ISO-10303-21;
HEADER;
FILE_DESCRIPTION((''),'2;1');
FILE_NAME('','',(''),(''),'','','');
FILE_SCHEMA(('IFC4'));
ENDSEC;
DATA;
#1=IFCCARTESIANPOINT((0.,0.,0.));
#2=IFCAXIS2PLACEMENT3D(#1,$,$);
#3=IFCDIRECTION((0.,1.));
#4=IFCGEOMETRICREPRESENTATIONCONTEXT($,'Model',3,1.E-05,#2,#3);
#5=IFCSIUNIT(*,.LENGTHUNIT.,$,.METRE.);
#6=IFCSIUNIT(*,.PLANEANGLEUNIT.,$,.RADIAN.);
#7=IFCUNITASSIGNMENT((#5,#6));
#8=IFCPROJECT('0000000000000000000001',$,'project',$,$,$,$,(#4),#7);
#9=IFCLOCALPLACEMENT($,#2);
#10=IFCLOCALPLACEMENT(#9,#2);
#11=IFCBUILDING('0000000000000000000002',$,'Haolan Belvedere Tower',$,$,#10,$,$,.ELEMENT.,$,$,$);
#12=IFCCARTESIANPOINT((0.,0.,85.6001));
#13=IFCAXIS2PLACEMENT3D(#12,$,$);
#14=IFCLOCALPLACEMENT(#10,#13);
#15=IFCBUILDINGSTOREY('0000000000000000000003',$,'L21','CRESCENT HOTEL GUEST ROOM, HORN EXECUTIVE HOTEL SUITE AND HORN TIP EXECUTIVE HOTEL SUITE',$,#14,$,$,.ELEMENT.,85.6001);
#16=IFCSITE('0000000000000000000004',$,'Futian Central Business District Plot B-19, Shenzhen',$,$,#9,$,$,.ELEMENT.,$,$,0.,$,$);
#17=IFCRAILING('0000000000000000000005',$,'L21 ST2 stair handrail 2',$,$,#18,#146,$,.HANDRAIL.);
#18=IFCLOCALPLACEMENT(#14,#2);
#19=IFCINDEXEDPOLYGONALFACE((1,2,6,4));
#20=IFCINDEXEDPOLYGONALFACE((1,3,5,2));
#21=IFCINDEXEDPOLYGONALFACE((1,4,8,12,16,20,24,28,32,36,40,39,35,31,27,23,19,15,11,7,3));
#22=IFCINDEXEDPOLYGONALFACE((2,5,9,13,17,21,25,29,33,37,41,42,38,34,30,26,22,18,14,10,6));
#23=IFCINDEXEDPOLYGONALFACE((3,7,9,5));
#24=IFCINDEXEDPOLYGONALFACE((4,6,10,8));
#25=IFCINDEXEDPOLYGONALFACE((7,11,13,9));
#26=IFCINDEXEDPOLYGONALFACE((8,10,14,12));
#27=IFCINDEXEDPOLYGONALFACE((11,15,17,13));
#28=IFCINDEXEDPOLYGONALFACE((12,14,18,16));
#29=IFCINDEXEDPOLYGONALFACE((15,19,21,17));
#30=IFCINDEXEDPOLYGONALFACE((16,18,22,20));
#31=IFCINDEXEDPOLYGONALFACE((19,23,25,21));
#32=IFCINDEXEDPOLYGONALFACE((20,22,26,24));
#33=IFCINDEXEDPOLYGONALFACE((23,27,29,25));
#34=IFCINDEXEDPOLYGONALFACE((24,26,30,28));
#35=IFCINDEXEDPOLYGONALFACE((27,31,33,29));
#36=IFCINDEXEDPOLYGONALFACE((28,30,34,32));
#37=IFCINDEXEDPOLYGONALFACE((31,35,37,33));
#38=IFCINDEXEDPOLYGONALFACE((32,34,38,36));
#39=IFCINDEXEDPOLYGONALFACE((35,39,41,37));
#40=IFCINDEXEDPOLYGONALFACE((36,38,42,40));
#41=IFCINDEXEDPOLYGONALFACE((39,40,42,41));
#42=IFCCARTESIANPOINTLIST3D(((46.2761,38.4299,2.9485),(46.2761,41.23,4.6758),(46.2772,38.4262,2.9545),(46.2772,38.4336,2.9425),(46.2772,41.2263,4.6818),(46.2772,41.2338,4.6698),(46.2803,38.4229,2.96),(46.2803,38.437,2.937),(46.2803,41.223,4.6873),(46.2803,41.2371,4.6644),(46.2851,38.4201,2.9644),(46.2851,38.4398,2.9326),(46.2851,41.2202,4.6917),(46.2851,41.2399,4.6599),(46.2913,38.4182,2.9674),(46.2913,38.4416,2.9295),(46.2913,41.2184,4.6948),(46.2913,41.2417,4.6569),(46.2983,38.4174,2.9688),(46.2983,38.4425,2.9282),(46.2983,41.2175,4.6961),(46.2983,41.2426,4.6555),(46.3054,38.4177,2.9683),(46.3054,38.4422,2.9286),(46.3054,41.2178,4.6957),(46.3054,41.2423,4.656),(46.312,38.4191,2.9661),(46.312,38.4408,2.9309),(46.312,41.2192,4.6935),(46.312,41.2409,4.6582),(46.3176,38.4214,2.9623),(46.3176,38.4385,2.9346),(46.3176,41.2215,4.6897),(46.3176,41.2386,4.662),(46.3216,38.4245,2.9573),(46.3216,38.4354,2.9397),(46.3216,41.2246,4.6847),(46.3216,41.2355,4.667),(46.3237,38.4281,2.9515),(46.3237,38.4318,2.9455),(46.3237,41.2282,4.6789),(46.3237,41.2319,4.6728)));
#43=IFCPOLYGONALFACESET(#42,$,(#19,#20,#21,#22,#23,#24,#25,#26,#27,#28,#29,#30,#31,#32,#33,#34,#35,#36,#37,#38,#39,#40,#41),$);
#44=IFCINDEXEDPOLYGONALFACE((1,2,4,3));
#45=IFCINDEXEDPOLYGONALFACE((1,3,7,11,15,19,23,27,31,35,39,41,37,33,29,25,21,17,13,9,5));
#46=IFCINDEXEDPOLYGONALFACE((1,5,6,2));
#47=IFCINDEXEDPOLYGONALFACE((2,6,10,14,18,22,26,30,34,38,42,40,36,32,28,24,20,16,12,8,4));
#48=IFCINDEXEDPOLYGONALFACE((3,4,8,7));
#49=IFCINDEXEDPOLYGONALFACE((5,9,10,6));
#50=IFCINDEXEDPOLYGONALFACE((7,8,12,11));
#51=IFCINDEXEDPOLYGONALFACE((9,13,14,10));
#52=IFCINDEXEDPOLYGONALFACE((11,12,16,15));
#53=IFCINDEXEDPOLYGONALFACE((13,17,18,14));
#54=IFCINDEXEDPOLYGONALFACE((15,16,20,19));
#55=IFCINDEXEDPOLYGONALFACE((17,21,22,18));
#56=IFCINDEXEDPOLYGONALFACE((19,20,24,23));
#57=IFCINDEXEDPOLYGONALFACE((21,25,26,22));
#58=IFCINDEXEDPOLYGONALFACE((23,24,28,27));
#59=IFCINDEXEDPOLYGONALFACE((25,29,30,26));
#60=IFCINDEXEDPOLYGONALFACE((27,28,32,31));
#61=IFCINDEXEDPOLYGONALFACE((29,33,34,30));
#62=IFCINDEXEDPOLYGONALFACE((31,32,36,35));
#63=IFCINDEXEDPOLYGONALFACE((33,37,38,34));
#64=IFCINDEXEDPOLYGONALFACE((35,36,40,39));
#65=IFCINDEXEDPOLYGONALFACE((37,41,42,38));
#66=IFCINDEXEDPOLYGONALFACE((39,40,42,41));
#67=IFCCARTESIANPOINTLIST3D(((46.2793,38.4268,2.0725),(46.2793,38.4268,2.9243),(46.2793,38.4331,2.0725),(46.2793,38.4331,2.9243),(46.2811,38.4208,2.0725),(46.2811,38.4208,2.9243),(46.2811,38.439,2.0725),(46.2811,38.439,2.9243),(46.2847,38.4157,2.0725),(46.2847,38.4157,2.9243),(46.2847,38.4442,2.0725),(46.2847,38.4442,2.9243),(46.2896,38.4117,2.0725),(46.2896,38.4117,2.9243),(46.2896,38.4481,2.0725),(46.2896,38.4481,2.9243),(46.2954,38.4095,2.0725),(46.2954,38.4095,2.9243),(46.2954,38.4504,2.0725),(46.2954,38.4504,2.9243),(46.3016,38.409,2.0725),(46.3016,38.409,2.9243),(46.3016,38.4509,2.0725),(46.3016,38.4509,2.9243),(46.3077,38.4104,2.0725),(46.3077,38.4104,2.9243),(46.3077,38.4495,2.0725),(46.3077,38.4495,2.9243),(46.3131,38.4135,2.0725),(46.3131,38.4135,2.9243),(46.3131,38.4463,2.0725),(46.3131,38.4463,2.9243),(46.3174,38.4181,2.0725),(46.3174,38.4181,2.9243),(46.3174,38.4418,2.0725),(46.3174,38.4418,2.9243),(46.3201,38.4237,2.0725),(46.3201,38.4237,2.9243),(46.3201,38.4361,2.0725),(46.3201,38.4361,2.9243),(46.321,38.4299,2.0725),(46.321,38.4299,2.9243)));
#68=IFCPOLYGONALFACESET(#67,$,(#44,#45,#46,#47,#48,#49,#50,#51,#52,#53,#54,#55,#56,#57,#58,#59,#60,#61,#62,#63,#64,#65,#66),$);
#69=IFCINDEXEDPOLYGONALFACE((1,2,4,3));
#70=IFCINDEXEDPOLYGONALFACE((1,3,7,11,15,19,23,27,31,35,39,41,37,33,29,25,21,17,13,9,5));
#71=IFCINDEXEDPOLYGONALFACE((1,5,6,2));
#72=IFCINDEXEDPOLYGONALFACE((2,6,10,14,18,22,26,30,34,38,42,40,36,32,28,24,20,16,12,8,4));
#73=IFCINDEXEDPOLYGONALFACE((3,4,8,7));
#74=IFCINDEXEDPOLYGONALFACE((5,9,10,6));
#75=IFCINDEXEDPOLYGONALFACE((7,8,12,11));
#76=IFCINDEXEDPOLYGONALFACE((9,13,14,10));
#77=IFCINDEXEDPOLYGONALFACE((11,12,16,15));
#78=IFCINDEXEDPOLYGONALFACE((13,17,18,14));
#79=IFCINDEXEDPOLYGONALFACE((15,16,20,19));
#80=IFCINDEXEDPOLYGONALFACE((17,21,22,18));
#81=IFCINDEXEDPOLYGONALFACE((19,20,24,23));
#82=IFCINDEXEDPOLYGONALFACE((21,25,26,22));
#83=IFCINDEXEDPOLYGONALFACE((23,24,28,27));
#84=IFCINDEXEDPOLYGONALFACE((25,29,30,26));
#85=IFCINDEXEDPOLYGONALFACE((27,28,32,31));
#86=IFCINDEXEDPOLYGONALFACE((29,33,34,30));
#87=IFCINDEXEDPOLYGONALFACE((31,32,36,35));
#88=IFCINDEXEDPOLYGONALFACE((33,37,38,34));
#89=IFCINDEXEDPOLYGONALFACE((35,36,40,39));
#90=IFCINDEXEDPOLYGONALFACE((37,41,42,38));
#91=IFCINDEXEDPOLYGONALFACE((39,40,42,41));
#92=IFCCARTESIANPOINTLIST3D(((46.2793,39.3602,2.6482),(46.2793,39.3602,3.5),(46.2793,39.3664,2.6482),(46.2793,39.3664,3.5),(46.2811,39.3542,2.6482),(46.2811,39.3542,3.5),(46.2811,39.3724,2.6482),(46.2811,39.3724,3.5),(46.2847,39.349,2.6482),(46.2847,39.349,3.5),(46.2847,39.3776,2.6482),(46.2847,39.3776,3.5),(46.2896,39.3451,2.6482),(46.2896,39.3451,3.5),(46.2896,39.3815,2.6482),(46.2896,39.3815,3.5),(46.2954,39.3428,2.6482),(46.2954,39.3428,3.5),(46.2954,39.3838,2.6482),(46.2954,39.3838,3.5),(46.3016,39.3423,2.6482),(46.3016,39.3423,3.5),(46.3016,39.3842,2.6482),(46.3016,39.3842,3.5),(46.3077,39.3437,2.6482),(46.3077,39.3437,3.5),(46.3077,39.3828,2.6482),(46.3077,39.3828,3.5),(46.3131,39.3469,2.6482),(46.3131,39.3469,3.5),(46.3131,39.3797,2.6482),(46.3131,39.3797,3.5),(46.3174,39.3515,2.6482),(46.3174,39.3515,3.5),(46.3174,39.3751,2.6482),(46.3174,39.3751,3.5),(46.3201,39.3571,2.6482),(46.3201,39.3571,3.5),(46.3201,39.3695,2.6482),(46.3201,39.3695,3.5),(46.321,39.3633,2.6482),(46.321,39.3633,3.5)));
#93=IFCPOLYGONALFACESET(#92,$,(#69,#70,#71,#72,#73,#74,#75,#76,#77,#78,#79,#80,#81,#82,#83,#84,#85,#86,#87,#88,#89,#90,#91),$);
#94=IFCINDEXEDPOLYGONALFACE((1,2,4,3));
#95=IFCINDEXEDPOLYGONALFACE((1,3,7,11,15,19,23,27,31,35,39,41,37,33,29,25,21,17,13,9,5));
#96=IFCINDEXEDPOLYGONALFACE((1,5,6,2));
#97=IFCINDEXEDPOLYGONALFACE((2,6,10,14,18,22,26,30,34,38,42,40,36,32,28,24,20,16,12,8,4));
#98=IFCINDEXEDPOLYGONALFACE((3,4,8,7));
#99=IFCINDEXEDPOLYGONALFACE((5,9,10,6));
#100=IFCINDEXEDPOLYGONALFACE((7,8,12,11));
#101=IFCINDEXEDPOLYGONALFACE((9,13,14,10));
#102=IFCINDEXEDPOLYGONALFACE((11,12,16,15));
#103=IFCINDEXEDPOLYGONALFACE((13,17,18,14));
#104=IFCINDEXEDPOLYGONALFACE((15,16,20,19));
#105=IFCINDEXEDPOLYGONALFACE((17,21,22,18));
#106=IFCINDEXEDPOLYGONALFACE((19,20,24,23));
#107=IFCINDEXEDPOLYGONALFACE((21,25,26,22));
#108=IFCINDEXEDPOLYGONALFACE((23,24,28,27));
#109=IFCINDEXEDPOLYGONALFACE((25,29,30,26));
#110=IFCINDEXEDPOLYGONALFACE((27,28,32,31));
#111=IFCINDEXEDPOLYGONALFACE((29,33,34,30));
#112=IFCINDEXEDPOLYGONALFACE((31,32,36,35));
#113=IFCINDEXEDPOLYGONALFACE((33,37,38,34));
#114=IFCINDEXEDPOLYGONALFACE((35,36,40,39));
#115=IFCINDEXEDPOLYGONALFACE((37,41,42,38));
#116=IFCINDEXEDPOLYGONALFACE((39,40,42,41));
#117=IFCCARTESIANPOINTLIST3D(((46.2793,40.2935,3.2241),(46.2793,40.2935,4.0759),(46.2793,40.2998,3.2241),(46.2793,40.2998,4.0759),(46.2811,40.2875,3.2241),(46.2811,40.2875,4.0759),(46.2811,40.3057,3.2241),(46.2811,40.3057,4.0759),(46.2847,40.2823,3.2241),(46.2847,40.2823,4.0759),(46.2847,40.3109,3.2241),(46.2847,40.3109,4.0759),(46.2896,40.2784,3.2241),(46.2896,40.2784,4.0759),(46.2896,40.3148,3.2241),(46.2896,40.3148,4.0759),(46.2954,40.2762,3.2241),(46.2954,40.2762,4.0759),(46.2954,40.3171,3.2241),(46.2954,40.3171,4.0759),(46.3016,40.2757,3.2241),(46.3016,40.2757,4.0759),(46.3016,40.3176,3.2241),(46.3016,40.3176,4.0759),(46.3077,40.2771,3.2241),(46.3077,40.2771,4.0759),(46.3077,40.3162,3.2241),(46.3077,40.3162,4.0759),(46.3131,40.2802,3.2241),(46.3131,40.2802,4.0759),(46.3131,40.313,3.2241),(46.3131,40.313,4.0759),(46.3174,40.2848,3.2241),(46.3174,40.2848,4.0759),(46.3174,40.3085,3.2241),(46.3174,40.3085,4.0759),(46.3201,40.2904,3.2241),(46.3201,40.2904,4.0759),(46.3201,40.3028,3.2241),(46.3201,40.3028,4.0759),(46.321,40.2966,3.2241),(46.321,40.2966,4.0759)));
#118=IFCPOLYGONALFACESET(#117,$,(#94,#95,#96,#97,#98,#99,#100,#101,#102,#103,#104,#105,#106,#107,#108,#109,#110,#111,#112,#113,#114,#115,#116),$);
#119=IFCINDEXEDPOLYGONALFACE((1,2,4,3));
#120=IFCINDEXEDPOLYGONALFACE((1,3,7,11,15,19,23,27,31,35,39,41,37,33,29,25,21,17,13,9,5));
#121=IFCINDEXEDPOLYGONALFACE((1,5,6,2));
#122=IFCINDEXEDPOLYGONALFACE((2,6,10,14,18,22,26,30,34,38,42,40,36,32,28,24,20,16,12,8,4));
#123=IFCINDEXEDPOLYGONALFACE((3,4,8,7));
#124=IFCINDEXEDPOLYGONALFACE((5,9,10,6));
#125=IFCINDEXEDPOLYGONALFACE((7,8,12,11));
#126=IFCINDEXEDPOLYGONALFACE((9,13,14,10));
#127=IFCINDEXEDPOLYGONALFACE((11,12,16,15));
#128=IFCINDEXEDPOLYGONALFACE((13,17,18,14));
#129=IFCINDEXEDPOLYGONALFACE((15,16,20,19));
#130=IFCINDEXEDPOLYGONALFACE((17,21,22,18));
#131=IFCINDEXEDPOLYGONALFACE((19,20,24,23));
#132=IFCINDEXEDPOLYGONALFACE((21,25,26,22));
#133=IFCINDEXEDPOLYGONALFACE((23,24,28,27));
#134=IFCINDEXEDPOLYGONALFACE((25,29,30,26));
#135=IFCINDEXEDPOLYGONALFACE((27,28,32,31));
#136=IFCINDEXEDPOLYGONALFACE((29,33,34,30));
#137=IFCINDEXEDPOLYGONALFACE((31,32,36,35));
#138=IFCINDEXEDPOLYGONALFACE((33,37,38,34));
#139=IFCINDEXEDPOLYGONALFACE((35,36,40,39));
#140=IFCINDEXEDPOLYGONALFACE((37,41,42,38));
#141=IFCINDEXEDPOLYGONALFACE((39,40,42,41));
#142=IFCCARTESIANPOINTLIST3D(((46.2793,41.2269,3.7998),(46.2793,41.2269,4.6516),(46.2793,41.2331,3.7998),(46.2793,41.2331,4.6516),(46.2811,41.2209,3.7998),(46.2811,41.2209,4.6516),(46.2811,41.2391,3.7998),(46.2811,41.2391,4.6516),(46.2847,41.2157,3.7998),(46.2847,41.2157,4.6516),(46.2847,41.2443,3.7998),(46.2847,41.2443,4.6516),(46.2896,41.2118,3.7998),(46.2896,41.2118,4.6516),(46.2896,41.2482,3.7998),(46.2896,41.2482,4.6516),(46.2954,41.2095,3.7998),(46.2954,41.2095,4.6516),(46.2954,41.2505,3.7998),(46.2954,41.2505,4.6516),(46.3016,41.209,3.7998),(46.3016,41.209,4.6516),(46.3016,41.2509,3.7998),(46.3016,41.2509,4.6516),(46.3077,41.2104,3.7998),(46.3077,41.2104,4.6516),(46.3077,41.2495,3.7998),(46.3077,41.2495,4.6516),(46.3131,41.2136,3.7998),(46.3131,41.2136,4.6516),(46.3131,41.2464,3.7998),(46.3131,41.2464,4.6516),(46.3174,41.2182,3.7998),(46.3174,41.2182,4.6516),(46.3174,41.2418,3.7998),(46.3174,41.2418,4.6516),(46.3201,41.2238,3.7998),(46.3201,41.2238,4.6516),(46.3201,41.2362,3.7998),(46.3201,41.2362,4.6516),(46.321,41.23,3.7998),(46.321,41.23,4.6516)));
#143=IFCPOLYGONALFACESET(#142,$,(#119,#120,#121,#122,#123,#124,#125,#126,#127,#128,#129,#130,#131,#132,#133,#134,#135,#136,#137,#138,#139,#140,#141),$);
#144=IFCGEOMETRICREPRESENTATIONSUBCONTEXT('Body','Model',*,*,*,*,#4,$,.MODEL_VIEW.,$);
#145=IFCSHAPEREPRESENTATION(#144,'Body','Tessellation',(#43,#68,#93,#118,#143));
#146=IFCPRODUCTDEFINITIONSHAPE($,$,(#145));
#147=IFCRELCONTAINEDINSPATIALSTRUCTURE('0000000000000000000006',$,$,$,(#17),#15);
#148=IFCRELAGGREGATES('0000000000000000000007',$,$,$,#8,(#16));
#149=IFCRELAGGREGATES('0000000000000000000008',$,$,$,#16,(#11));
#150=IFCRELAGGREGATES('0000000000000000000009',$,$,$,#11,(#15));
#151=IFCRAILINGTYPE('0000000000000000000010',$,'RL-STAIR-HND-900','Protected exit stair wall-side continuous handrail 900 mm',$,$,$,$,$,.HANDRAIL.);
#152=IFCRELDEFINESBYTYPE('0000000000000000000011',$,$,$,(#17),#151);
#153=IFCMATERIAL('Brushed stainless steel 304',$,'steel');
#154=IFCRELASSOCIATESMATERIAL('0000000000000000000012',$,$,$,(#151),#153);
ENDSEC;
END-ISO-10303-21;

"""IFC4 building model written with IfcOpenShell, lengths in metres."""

from ifc_helpers import new_model, si_unit, direction, frame, origin, origin_2d, place, context, subcontext, project, spatial, circle, extrude, material, type_object, element, save


model = new_model("IFC4")

# Units and contexts
model_context = context("Model", 3, precision=1e-05, world=origin(), true_north=direction((0.0, 1.0)))
body_context = subcontext(model_context, "Body", "Model", "MODEL_VIEW")
ifc_project = project(units=[si_unit("LENGTHUNIT", "METRE"), si_unit("PLANEANGLEUNIT", "RADIAN")], contexts=[model_context])

# Site, building, storey
site_placement = place(None, origin())
site = spatial("IfcSite", under=ifc_project, at=site_placement, Name="Futian Central Business District Plot B-19, Shenzhen", CompositionType="ELEMENT", RefElevation=0.0)
building_placement = place(site_placement, origin())
building = spatial("IfcBuilding", under=site, at=building_placement, Name="Haolan Belvedere Tower", CompositionType="ELEMENT")
storey_placement = place(building_placement, frame((0.0, 0.0, 85.6001)))
storey = spatial("IfcBuildingStorey", under=building, at=storey_placement, Name="L21", Description="CRESCENT HOTEL GUEST ROOM, HORN EXECUTIVE HOTEL SUITE AND HORN TIP EXECUTIVE HOTEL SUITE", CompositionType="ELEMENT", Elevation=85.6001)

# Railing
ifc_material_1 = material(Name="Brushed stainless steel 304", Category="steel")
railing_type_1 = type_object("IfcRailingType", Name="RL-STAIR-HND-900", Description="Protected exit stair wall-side continuous handrail 900 mm", PredefinedType="HANDRAIL", material=ifc_material_1)
railing_1_placement = place(storey_placement, frame((46.3, 38.4299, 2.0725)))
element("IfcRailing", 1, at=railing_1_placement, inside=storey, type_object=railing_type_1, Name="L21 ST2 stair handrail 2", PredefinedType="HANDRAIL", context=body_context, shape_type="SweptSolid", body=[
    extrude(circle(Radius=0.0239, at=origin_2d()), frame((0.0, 0.0, 0.876), z_axis=(0.0, 0.85109, 0.52502), x_axis=(-1.0, 0.0, 0.0)), (0.0, 0.0, 1.0), 3.29),
    extrude(circle(Radius=0.021, at=origin_2d()), origin(), (0.0, 0.0, 1.0), 0.8518),
    extrude(circle(Radius=0.021, at=origin_2d()), frame((0.0, 0.9333, 0.5757)), (0.0, 0.0, 1.0), 0.8518),
    extrude(circle(Radius=0.021, at=origin_2d()), frame((0.0, 1.8667, 1.1516)), (0.0, 0.0, 1.0), 0.8518),
    extrude(circle(Radius=0.021, at=origin_2d()), frame((0.0, 2.8, 1.7273)), (0.0, 0.0, 1.0), 0.8518),
])

save(model, "model.ifc")
